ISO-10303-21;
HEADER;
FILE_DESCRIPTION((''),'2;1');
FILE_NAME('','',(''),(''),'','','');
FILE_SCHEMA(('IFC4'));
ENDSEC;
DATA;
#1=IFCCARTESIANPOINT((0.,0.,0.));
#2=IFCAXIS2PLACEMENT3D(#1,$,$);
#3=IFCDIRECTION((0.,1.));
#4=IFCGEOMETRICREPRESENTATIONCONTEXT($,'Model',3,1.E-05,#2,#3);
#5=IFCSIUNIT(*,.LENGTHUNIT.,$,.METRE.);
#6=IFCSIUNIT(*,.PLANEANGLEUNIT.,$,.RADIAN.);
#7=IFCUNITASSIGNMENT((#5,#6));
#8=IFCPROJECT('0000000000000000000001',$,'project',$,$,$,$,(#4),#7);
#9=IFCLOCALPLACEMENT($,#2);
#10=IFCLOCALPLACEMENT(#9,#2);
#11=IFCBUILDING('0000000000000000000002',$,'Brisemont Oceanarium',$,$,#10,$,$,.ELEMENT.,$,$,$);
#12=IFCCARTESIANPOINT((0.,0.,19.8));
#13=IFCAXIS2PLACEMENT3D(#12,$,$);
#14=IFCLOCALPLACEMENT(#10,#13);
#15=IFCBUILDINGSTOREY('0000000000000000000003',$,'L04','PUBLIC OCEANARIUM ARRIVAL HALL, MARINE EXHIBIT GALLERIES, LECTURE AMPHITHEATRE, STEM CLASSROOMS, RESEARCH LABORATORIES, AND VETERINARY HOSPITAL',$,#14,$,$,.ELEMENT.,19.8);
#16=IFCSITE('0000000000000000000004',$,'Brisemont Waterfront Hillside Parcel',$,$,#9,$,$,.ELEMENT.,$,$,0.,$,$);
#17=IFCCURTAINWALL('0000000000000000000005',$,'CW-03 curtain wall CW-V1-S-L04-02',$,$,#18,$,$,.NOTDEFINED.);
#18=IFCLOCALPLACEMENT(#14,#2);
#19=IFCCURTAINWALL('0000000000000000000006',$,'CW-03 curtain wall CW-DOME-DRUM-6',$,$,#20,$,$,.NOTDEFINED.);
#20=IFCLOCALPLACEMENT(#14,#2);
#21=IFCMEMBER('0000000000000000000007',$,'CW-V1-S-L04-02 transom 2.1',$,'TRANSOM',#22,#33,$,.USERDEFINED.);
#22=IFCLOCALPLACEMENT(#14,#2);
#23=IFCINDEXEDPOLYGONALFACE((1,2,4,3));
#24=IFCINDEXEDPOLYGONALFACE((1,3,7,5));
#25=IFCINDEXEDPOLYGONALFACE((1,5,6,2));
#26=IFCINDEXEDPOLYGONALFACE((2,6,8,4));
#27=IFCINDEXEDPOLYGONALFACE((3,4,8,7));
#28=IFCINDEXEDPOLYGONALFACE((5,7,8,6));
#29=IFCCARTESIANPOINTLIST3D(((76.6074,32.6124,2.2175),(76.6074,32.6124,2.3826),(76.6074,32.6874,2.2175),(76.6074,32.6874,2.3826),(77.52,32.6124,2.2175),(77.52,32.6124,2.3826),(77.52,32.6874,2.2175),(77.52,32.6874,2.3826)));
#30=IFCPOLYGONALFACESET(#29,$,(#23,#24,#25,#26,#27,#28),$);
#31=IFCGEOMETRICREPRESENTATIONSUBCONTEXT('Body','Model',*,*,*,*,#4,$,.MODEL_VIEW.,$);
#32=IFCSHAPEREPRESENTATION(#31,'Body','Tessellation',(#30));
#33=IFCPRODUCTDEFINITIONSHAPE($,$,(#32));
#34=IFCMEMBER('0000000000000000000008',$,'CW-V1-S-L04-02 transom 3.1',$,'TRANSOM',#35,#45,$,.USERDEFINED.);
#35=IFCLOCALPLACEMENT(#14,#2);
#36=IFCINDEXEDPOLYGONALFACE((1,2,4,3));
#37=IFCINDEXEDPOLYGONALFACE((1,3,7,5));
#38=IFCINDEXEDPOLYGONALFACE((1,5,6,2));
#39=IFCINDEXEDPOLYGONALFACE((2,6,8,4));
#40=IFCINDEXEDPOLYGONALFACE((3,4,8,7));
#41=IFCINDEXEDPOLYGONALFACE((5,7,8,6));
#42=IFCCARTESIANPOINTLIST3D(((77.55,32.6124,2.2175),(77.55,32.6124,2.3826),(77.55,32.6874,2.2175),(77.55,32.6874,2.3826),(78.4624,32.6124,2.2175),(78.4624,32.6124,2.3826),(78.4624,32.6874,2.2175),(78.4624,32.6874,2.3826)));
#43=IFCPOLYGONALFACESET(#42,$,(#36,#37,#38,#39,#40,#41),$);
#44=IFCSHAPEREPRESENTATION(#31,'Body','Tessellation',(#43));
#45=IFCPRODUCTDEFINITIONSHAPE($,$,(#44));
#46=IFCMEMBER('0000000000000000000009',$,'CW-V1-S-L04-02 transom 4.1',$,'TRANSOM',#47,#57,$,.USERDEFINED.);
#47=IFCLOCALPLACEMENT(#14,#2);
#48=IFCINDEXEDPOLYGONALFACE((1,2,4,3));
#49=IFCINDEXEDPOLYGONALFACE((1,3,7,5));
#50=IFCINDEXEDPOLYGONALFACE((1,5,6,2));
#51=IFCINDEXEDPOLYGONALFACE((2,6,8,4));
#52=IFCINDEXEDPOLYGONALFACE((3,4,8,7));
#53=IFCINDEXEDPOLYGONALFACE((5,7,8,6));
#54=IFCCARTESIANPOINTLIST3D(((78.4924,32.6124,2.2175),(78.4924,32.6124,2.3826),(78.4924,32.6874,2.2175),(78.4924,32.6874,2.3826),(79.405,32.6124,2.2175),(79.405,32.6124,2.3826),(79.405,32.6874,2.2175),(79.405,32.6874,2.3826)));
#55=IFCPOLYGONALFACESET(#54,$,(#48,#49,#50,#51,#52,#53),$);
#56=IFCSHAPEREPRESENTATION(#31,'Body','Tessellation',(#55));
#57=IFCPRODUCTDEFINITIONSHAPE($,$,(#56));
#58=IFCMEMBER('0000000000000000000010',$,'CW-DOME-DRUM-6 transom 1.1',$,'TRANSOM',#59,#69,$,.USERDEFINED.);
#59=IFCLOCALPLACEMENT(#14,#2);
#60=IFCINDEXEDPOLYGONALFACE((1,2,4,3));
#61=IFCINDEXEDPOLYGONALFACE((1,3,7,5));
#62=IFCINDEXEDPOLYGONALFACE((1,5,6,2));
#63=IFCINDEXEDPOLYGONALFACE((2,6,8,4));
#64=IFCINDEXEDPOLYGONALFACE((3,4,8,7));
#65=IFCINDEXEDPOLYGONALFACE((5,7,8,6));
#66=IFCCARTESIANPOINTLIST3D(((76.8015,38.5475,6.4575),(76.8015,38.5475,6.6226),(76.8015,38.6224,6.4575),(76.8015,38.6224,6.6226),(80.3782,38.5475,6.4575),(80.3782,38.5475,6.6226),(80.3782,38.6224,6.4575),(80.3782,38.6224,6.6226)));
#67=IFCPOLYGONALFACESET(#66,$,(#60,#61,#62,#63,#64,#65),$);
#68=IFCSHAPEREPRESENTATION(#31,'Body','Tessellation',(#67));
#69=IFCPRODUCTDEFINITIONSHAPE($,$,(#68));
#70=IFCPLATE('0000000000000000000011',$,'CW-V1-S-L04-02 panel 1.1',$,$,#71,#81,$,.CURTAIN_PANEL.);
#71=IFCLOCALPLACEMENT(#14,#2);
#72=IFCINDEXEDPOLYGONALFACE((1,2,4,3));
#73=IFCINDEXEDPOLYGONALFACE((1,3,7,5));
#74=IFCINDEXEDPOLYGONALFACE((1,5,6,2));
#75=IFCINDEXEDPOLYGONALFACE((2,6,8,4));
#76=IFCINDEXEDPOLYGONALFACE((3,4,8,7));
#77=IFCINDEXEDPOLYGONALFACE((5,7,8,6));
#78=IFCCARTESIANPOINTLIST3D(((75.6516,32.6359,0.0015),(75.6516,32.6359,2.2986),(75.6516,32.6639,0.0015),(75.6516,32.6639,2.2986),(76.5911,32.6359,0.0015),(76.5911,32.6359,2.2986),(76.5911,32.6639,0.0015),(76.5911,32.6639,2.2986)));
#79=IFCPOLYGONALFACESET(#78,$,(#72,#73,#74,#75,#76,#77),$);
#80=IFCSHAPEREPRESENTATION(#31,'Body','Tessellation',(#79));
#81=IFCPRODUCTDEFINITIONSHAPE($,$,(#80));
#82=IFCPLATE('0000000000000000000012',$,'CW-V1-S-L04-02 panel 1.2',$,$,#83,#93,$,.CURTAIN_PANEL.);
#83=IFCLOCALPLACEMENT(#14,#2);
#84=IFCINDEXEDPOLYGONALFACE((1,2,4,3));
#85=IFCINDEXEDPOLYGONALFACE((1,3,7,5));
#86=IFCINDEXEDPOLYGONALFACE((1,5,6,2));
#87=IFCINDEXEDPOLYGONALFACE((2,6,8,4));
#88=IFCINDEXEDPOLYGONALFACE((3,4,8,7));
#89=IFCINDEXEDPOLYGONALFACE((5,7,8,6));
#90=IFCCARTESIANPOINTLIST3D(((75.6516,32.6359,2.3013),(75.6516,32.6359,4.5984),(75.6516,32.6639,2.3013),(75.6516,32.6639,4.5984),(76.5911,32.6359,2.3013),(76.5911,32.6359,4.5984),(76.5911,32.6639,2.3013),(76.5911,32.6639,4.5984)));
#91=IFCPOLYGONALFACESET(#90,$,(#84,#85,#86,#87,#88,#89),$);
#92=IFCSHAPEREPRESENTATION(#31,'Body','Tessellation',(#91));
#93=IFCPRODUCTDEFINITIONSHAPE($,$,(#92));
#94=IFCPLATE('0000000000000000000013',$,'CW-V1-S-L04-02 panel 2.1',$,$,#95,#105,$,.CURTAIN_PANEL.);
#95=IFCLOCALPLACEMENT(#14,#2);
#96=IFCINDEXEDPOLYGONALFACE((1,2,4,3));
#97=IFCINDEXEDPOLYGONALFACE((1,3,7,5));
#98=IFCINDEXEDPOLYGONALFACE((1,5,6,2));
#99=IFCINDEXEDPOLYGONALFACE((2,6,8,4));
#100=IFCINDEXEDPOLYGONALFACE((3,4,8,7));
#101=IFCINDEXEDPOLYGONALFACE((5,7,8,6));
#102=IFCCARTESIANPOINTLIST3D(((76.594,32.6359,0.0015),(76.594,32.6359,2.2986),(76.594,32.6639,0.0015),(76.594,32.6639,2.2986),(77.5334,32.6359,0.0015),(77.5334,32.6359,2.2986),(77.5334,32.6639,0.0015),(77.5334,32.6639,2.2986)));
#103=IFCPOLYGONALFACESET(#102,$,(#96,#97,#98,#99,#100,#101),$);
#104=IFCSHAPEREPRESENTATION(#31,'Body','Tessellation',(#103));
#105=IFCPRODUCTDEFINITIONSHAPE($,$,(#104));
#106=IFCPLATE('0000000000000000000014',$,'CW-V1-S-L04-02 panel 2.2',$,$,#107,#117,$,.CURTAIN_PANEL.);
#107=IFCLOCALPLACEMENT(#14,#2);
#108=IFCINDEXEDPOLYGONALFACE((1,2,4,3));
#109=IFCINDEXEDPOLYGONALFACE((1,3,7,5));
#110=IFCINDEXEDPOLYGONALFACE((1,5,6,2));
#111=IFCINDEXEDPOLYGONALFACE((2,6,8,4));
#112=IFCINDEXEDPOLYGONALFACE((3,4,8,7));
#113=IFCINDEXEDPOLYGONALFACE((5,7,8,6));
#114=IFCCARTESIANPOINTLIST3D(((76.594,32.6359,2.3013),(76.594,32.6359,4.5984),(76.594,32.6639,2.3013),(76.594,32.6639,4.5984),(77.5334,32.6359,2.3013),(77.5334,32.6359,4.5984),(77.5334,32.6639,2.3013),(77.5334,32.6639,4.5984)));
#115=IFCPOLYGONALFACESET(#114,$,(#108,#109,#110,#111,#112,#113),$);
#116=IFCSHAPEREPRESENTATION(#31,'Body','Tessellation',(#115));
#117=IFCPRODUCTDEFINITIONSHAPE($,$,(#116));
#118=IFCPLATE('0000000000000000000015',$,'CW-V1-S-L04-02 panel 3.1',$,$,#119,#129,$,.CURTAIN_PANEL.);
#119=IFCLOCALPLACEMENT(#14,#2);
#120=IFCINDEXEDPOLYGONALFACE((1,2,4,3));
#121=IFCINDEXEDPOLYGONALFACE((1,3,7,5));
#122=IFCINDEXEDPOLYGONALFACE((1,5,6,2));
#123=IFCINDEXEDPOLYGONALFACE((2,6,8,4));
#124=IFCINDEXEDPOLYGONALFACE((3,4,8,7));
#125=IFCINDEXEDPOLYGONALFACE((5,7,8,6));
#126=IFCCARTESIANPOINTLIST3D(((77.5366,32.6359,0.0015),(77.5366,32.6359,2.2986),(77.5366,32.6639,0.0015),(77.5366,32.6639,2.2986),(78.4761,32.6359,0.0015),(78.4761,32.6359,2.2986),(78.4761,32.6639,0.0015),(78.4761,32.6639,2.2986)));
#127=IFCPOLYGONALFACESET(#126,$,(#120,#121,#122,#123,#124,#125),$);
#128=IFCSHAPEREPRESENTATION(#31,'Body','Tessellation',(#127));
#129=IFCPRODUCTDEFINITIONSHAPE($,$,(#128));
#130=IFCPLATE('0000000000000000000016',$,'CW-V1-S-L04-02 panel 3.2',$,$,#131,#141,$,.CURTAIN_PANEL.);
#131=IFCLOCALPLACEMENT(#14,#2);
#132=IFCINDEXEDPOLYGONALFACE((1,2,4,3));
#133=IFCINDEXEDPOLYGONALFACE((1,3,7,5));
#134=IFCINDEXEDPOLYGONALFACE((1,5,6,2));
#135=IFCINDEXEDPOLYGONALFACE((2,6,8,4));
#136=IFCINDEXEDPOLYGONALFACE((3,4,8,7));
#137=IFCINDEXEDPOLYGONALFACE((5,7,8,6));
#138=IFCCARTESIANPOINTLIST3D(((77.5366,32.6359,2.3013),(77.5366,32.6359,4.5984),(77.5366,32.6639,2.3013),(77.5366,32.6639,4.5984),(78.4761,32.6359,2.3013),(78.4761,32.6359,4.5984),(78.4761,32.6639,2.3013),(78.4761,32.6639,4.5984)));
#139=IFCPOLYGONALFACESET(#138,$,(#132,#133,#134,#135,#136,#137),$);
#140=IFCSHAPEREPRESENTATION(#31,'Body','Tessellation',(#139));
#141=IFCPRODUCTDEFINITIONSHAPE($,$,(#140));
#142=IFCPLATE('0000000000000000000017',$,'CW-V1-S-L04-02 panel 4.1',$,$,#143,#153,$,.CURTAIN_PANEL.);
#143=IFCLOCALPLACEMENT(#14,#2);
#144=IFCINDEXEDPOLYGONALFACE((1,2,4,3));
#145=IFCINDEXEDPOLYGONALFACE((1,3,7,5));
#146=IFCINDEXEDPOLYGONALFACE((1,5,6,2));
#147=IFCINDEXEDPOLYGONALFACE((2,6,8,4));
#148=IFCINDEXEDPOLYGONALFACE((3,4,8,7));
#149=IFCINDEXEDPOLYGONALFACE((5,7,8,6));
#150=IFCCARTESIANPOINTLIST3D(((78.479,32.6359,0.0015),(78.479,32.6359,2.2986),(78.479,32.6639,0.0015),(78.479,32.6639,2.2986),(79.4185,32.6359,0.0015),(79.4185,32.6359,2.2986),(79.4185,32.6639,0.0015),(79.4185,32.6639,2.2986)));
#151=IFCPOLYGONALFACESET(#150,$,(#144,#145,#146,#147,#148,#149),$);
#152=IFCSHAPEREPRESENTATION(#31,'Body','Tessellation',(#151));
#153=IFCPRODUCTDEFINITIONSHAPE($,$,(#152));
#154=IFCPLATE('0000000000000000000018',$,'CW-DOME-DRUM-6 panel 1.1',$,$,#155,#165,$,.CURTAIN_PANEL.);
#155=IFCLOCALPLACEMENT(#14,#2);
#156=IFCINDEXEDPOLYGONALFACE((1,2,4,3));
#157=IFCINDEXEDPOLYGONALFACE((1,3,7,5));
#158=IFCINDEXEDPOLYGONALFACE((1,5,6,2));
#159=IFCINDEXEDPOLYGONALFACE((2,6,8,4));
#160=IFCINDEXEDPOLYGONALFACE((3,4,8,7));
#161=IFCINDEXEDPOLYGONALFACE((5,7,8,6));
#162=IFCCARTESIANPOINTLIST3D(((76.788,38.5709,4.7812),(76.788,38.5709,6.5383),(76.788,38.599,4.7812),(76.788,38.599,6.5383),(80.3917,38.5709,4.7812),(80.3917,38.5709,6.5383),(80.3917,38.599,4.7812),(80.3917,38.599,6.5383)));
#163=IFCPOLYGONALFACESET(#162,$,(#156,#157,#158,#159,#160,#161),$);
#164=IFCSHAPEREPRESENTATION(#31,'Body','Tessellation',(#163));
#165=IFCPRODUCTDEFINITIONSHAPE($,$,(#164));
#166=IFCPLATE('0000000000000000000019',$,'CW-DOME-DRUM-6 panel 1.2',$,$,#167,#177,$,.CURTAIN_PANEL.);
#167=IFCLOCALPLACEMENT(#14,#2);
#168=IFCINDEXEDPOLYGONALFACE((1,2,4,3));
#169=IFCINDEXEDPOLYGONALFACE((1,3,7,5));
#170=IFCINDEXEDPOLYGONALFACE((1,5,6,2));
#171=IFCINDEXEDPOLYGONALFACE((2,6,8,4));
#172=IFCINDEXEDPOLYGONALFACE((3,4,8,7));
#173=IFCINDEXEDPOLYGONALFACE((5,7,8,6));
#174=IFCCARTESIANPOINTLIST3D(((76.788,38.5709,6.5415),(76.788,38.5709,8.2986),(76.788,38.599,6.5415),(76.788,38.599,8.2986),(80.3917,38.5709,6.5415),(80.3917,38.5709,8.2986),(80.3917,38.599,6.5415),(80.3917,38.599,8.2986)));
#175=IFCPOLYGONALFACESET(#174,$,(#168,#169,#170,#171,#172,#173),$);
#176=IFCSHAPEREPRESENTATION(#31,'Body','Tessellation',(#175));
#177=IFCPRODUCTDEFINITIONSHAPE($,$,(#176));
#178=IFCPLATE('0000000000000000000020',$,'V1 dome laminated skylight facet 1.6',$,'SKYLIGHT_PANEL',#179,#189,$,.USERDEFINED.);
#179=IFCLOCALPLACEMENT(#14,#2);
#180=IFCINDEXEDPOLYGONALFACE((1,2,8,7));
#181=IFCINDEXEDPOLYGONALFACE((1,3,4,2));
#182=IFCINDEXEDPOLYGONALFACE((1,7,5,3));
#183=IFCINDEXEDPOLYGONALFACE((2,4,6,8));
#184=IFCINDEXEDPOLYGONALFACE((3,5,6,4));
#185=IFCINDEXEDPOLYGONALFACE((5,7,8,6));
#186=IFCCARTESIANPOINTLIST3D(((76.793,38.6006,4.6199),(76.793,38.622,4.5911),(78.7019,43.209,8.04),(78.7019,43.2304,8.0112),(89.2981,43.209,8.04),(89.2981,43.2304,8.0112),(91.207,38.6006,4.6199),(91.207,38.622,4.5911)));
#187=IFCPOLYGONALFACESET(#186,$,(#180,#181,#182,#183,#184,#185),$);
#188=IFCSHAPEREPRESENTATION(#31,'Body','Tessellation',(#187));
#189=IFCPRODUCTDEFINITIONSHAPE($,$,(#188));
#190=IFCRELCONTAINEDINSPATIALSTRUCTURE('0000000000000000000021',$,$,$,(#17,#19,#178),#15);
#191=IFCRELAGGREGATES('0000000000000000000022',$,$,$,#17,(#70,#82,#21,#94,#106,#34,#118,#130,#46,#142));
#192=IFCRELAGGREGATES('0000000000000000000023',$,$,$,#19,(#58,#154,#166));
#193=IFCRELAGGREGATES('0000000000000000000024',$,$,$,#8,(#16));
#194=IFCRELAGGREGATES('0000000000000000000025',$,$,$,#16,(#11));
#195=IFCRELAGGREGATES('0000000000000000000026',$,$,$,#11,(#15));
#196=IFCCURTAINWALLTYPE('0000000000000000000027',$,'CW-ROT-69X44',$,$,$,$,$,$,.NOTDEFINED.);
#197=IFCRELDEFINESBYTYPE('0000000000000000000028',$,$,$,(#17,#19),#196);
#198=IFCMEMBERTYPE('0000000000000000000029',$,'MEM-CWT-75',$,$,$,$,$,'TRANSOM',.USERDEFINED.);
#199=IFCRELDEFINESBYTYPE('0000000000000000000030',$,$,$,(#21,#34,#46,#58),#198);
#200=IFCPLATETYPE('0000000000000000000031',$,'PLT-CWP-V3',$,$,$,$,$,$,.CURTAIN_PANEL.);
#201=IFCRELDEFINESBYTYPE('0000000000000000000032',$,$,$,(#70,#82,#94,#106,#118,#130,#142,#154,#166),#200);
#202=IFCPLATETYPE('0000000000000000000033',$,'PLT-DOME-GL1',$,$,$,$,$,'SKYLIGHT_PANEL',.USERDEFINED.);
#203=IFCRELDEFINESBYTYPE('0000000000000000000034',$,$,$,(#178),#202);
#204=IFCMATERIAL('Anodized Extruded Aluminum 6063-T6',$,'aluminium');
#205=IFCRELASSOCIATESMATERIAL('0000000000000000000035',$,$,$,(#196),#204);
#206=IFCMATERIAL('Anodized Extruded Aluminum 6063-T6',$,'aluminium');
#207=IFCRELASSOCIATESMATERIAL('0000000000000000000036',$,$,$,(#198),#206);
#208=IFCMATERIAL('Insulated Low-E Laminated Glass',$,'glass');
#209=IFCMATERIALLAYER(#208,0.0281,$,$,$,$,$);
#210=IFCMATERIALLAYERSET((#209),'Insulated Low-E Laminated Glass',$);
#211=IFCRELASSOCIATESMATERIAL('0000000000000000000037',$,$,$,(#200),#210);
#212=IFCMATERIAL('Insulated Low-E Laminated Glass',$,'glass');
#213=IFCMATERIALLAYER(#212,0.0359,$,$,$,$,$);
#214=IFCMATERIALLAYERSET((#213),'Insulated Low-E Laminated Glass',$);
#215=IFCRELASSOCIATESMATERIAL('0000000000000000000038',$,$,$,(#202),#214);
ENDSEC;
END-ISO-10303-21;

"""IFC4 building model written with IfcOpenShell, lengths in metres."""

from ifc_helpers import new_model, si_unit, direction, frame, origin, origin_2d, place, context, subcontext, project, spatial, polyline, rectangle, outline, extrude, material, layer, layer_set, material_profile, profile_set, type_object, element, aggregate, save


model = new_model("IFC4")

# Units and contexts
model_context = context("Model", 3, precision=1e-05, world=origin(), true_north=direction((0.0, 1.0)))
body_context = subcontext(model_context, "Body", "Model", "MODEL_VIEW")
ifc_project = project(units=[si_unit("LENGTHUNIT", "METRE"), si_unit("PLANEANGLEUNIT", "RADIAN")], contexts=[model_context])

# Site, building, storey
site_placement = place(None, origin())
site = spatial("IfcSite", under=ifc_project, at=site_placement, Name="Brisemont Waterfront Hillside Parcel", CompositionType="ELEMENT", RefElevation=0.0)
building_placement = place(site_placement, origin())
building = spatial("IfcBuilding", under=site, at=building_placement, Name="Brisemont Oceanarium", CompositionType="ELEMENT")
storey_placement = place(building_placement, frame((0.0, 0.0, 19.8)))
storey = spatial("IfcBuildingStorey", under=building, at=storey_placement, Name="L04", Description="PUBLIC OCEANARIUM ARRIVAL HALL, MARINE EXHIBIT GALLERIES, LECTURE AMPHITHEATRE, STEM CLASSROOMS, RESEARCH LABORATORIES, AND VETERINARY HOSPITAL", CompositionType="ELEMENT", Elevation=19.8)

# Curtain wall
ifc_material_1 = material(Name="Anodized Extruded Aluminum 6063-T6", Category="aluminium")
curtain_wall_type = type_object("IfcCurtainWallType", Name="CW-ROT-69X44", PredefinedType="NOTDEFINED", material=ifc_material_1)
curtain_wall_1_placement = place(storey_placement, origin())
curtain_wall_1 = element("IfcCurtainWall", 1, at=curtain_wall_1_placement, inside=storey, type_object=curtain_wall_type, Name="CW-03 curtain wall CW-V1-S-L04-02", PredefinedType="NOTDEFINED")

# Curtain wall
curtain_wall_2_placement = place(storey_placement, origin())
curtain_wall_2 = element("IfcCurtainWall", 2, at=curtain_wall_2_placement, inside=storey, type_object=curtain_wall_type, Name="CW-03 curtain wall CW-DOME-DRUM-6", PredefinedType="NOTDEFINED")

# Members
ifc_material_2 = material(Name="Anodized Extruded Aluminum 6063-T6", Category="aluminium")
ifc_material_profile_1 = material_profile(ifc_material_2, rectangle(XDim=0.075, YDim=0.165, at=origin_2d()), Name="CWT-75X165")
ifc_profile_set_1 = profile_set([ifc_material_profile_1], Name="Anodized Extruded Aluminum 6063-T6")
member_type_1 = type_object("IfcMemberType", Name="MEM-CWT-75", ElementType="TRANSOM", PredefinedType="USERDEFINED", material=ifc_profile_set_1)
member_1_placement = place(storey_placement, frame((76.6074, 32.6499, 2.3), z_axis=(1.0, 0.0, 0.0), x_axis=(0.0, 1.0, 0.0)))
member_1 = element("IfcMember", 3, at=member_1_placement, type_object=member_type_1, Name="CW-V1-S-L04-02 transom 2.1", ObjectType="TRANSOM", PredefinedType="USERDEFINED", context=body_context, shape_type="SweptSolid", body=[
    extrude(rectangle(XDim=0.075, YDim=0.165, at=origin_2d()), origin(), (0.0, 0.0, 1.0), 0.9126),
])
member_2_placement = place(storey_placement, frame((77.55, 32.6499, 2.3), z_axis=(1.0, 0.0, 0.0), x_axis=(0.0, 1.0, 0.0)))
member_2 = element("IfcMember", 4, at=member_2_placement, type_object=member_type_1, Name="CW-V1-S-L04-02 transom 3.1", ObjectType="TRANSOM", PredefinedType="USERDEFINED", context=body_context, shape_type="SweptSolid", body=[
    extrude(rectangle(XDim=0.075, YDim=0.165, at=origin_2d()), origin(), (0.0, 0.0, 1.0), 0.9124),
])
member_3_placement = place(storey_placement, frame((78.4924, 32.6499, 2.3), z_axis=(1.0, 0.0, 0.0), x_axis=(0.0, 1.0, 0.0)))
member_3 = element("IfcMember", 5, at=member_3_placement, type_object=member_type_1, Name="CW-V1-S-L04-02 transom 4.1", ObjectType="TRANSOM", PredefinedType="USERDEFINED", context=body_context, shape_type="SweptSolid", body=[
    extrude(rectangle(XDim=0.075, YDim=0.165, at=origin_2d()), origin(), (0.0, 0.0, 1.0), 0.9126),
])
member_4_placement = place(storey_placement, frame((76.8015, 38.585, 6.54), z_axis=(1.0, 0.0, 0.0), x_axis=(0.0, 1.0, 0.0)))
member_4 = element("IfcMember", 6, at=member_4_placement, type_object=member_type_1, Name="CW-DOME-DRUM-6 transom 1.1", ObjectType="TRANSOM", PredefinedType="USERDEFINED", context=body_context, shape_type="SweptSolid", body=[
    extrude(rectangle(XDim=0.075, YDim=0.165, at=origin_2d()), origin(), (0.0, 0.0, 1.0), 3.5767),
])

# Plates
ifc_material_3 = material(Name="Insulated Low-E Laminated Glass", Category="glass")
ifc_layer_1 = layer(ifc_material_3, 0.0281)
ifc_layer_set_1 = layer_set([ifc_layer_1], Name="Insulated Low-E Laminated Glass")
plate_type_1 = type_object("IfcPlateType", Name="PLT-CWP-V3", PredefinedType="CURTAIN_PANEL", material=ifc_layer_set_1)
plate_1_placement = place(storey_placement, frame((76.1213, 32.6499, 0.0015), z_axis=(0.0, 0.0, 1.0), x_axis=(1.0, 0.0, 0.0)))
plate_1 = element("IfcPlate", 7, at=plate_1_placement, type_object=plate_type_1, Name="CW-V1-S-L04-02 panel 1.1", PredefinedType="CURTAIN_PANEL", context=body_context, shape_type="SweptSolid", body=[
    extrude(rectangle(XDim=0.9395, YDim=0.0281, at=origin_2d()), origin(), (0.0, 0.0, 1.0), 2.2971),
])
plate_2_placement = place(storey_placement, frame((76.1213, 32.6499, 2.3013), z_axis=(0.0, 0.0, 1.0), x_axis=(1.0, 0.0, 0.0)))
plate_2 = element("IfcPlate", 8, at=plate_2_placement, type_object=plate_type_1, Name="CW-V1-S-L04-02 panel 1.2", PredefinedType="CURTAIN_PANEL", context=body_context, shape_type="SweptSolid", body=[
    extrude(rectangle(XDim=0.9395, YDim=0.0281, at=origin_2d()), origin(), (0.0, 0.0, 1.0), 2.2971),
])
plate_3_placement = place(storey_placement, frame((77.0637, 32.6499, 0.0015), z_axis=(0.0, 0.0, 1.0), x_axis=(1.0, 0.0, 0.0)))
plate_3 = element("IfcPlate", 9, at=plate_3_placement, type_object=plate_type_1, Name="CW-V1-S-L04-02 panel 2.1", PredefinedType="CURTAIN_PANEL", context=body_context, shape_type="SweptSolid", body=[
    extrude(rectangle(XDim=0.9395, YDim=0.0281, at=origin_2d()), origin(), (0.0, 0.0, 1.0), 2.2971),
])
plate_4_placement = place(storey_placement, frame((77.0637, 32.6499, 2.3013), z_axis=(0.0, 0.0, 1.0), x_axis=(1.0, 0.0, 0.0)))
plate_4 = element("IfcPlate", 10, at=plate_4_placement, type_object=plate_type_1, Name="CW-V1-S-L04-02 panel 2.2", PredefinedType="CURTAIN_PANEL", context=body_context, shape_type="SweptSolid", body=[
    extrude(rectangle(XDim=0.9395, YDim=0.0281, at=origin_2d()), origin(), (0.0, 0.0, 1.0), 2.2971),
])
plate_5_placement = place(storey_placement, frame((78.0063, 32.6499, 0.0015), z_axis=(0.0, 0.0, 1.0), x_axis=(1.0, 0.0, 0.0)))
plate_5 = element("IfcPlate", 11, at=plate_5_placement, type_object=plate_type_1, Name="CW-V1-S-L04-02 panel 3.1", PredefinedType="CURTAIN_PANEL", context=body_context, shape_type="SweptSolid", body=[
    extrude(rectangle(XDim=0.9395, YDim=0.0281, at=origin_2d()), origin(), (0.0, 0.0, 1.0), 2.2971),
])
plate_6_placement = place(storey_placement, frame((78.0063, 32.6499, 2.3013), z_axis=(0.0, 0.0, 1.0), x_axis=(1.0, 0.0, 0.0)))
plate_6 = element("IfcPlate", 12, at=plate_6_placement, type_object=plate_type_1, Name="CW-V1-S-L04-02 panel 3.2", PredefinedType="CURTAIN_PANEL", context=body_context, shape_type="SweptSolid", body=[
    extrude(rectangle(XDim=0.9395, YDim=0.0281, at=origin_2d()), origin(), (0.0, 0.0, 1.0), 2.2971),
])
plate_7_placement = place(storey_placement, frame((78.9487, 32.6499, 0.0015), z_axis=(0.0, 0.0, 1.0), x_axis=(1.0, 0.0, 0.0)))
plate_7 = element("IfcPlate", 13, at=plate_7_placement, type_object=plate_type_1, Name="CW-V1-S-L04-02 panel 4.1", PredefinedType="CURTAIN_PANEL", context=body_context, shape_type="SweptSolid", body=[
    extrude(rectangle(XDim=0.9395, YDim=0.0281, at=origin_2d()), origin(), (0.0, 0.0, 1.0), 2.2971),
])
aggregate(curtain_wall_1, [plate_1, plate_2, member_1, plate_3, plate_4, member_2, plate_5, plate_6, member_3, plate_7])
plate_8_placement = place(storey_placement, frame((78.5898, 38.585, 4.7812), z_axis=(0.0, 0.0, 1.0), x_axis=(1.0, 0.0, 0.0)))
plate_8 = element("IfcPlate", 14, at=plate_8_placement, type_object=plate_type_1, Name="CW-DOME-DRUM-6 panel 1.1", PredefinedType="CURTAIN_PANEL", context=body_context, shape_type="SweptSolid", body=[
    extrude(rectangle(XDim=3.6038, YDim=0.0281, at=origin_2d()), origin(), (0.0, 0.0, 1.0), 1.7571),
])
plate_9_placement = place(storey_placement, frame((78.5898, 38.585, 6.5415), z_axis=(0.0, 0.0, 1.0), x_axis=(1.0, 0.0, 0.0)))
plate_9 = element("IfcPlate", 15, at=plate_9_placement, type_object=plate_type_1, Name="CW-DOME-DRUM-6 panel 1.2", PredefinedType="CURTAIN_PANEL", context=body_context, shape_type="SweptSolid", body=[
    extrude(rectangle(XDim=3.6038, YDim=0.0281, at=origin_2d()), origin(), (0.0, 0.0, 1.0), 1.7571),
])
aggregate(curtain_wall_2, [member_4, plate_8, plate_9])

# Plate
ifc_material_4 = material(Name="Insulated Low-E Laminated Glass", Category="glass")
ifc_layer_2 = layer(ifc_material_4, 0.0359)
ifc_layer_set_2 = layer_set([ifc_layer_2], Name="Insulated Low-E Laminated Glass")
plate_type_2 = type_object("IfcPlateType", Name="PLT-DOME-GL1", ElementType="SKYLIGHT_PANEL", PredefinedType="USERDEFINED", material=ifc_layer_set_2)
plate_10_placement = place(storey_placement, frame((76.793, 38.6006, 4.6199), z_axis=(0.0, -0.595963, 0.803012), x_axis=(1.0, 0.0, 0.0)))
element("IfcPlate", 16, at=plate_10_placement, inside=storey, type_object=plate_type_2, Name="V1 dome laminated skylight facet 1.6", ObjectType="SKYLIGHT_PANEL", PredefinedType="USERDEFINED", context=body_context, shape_type="SweptSolid", body=[
    extrude(outline(polyline([(0.0, 0.0), (14.4141, 0.0), (12.5051, 5.7389), (1.9089, 5.7389), (0.0, 0.0)])), origin(), (0.0, 0.0, -1.0), 0.0359),
])

save(model, "model.ifc")
